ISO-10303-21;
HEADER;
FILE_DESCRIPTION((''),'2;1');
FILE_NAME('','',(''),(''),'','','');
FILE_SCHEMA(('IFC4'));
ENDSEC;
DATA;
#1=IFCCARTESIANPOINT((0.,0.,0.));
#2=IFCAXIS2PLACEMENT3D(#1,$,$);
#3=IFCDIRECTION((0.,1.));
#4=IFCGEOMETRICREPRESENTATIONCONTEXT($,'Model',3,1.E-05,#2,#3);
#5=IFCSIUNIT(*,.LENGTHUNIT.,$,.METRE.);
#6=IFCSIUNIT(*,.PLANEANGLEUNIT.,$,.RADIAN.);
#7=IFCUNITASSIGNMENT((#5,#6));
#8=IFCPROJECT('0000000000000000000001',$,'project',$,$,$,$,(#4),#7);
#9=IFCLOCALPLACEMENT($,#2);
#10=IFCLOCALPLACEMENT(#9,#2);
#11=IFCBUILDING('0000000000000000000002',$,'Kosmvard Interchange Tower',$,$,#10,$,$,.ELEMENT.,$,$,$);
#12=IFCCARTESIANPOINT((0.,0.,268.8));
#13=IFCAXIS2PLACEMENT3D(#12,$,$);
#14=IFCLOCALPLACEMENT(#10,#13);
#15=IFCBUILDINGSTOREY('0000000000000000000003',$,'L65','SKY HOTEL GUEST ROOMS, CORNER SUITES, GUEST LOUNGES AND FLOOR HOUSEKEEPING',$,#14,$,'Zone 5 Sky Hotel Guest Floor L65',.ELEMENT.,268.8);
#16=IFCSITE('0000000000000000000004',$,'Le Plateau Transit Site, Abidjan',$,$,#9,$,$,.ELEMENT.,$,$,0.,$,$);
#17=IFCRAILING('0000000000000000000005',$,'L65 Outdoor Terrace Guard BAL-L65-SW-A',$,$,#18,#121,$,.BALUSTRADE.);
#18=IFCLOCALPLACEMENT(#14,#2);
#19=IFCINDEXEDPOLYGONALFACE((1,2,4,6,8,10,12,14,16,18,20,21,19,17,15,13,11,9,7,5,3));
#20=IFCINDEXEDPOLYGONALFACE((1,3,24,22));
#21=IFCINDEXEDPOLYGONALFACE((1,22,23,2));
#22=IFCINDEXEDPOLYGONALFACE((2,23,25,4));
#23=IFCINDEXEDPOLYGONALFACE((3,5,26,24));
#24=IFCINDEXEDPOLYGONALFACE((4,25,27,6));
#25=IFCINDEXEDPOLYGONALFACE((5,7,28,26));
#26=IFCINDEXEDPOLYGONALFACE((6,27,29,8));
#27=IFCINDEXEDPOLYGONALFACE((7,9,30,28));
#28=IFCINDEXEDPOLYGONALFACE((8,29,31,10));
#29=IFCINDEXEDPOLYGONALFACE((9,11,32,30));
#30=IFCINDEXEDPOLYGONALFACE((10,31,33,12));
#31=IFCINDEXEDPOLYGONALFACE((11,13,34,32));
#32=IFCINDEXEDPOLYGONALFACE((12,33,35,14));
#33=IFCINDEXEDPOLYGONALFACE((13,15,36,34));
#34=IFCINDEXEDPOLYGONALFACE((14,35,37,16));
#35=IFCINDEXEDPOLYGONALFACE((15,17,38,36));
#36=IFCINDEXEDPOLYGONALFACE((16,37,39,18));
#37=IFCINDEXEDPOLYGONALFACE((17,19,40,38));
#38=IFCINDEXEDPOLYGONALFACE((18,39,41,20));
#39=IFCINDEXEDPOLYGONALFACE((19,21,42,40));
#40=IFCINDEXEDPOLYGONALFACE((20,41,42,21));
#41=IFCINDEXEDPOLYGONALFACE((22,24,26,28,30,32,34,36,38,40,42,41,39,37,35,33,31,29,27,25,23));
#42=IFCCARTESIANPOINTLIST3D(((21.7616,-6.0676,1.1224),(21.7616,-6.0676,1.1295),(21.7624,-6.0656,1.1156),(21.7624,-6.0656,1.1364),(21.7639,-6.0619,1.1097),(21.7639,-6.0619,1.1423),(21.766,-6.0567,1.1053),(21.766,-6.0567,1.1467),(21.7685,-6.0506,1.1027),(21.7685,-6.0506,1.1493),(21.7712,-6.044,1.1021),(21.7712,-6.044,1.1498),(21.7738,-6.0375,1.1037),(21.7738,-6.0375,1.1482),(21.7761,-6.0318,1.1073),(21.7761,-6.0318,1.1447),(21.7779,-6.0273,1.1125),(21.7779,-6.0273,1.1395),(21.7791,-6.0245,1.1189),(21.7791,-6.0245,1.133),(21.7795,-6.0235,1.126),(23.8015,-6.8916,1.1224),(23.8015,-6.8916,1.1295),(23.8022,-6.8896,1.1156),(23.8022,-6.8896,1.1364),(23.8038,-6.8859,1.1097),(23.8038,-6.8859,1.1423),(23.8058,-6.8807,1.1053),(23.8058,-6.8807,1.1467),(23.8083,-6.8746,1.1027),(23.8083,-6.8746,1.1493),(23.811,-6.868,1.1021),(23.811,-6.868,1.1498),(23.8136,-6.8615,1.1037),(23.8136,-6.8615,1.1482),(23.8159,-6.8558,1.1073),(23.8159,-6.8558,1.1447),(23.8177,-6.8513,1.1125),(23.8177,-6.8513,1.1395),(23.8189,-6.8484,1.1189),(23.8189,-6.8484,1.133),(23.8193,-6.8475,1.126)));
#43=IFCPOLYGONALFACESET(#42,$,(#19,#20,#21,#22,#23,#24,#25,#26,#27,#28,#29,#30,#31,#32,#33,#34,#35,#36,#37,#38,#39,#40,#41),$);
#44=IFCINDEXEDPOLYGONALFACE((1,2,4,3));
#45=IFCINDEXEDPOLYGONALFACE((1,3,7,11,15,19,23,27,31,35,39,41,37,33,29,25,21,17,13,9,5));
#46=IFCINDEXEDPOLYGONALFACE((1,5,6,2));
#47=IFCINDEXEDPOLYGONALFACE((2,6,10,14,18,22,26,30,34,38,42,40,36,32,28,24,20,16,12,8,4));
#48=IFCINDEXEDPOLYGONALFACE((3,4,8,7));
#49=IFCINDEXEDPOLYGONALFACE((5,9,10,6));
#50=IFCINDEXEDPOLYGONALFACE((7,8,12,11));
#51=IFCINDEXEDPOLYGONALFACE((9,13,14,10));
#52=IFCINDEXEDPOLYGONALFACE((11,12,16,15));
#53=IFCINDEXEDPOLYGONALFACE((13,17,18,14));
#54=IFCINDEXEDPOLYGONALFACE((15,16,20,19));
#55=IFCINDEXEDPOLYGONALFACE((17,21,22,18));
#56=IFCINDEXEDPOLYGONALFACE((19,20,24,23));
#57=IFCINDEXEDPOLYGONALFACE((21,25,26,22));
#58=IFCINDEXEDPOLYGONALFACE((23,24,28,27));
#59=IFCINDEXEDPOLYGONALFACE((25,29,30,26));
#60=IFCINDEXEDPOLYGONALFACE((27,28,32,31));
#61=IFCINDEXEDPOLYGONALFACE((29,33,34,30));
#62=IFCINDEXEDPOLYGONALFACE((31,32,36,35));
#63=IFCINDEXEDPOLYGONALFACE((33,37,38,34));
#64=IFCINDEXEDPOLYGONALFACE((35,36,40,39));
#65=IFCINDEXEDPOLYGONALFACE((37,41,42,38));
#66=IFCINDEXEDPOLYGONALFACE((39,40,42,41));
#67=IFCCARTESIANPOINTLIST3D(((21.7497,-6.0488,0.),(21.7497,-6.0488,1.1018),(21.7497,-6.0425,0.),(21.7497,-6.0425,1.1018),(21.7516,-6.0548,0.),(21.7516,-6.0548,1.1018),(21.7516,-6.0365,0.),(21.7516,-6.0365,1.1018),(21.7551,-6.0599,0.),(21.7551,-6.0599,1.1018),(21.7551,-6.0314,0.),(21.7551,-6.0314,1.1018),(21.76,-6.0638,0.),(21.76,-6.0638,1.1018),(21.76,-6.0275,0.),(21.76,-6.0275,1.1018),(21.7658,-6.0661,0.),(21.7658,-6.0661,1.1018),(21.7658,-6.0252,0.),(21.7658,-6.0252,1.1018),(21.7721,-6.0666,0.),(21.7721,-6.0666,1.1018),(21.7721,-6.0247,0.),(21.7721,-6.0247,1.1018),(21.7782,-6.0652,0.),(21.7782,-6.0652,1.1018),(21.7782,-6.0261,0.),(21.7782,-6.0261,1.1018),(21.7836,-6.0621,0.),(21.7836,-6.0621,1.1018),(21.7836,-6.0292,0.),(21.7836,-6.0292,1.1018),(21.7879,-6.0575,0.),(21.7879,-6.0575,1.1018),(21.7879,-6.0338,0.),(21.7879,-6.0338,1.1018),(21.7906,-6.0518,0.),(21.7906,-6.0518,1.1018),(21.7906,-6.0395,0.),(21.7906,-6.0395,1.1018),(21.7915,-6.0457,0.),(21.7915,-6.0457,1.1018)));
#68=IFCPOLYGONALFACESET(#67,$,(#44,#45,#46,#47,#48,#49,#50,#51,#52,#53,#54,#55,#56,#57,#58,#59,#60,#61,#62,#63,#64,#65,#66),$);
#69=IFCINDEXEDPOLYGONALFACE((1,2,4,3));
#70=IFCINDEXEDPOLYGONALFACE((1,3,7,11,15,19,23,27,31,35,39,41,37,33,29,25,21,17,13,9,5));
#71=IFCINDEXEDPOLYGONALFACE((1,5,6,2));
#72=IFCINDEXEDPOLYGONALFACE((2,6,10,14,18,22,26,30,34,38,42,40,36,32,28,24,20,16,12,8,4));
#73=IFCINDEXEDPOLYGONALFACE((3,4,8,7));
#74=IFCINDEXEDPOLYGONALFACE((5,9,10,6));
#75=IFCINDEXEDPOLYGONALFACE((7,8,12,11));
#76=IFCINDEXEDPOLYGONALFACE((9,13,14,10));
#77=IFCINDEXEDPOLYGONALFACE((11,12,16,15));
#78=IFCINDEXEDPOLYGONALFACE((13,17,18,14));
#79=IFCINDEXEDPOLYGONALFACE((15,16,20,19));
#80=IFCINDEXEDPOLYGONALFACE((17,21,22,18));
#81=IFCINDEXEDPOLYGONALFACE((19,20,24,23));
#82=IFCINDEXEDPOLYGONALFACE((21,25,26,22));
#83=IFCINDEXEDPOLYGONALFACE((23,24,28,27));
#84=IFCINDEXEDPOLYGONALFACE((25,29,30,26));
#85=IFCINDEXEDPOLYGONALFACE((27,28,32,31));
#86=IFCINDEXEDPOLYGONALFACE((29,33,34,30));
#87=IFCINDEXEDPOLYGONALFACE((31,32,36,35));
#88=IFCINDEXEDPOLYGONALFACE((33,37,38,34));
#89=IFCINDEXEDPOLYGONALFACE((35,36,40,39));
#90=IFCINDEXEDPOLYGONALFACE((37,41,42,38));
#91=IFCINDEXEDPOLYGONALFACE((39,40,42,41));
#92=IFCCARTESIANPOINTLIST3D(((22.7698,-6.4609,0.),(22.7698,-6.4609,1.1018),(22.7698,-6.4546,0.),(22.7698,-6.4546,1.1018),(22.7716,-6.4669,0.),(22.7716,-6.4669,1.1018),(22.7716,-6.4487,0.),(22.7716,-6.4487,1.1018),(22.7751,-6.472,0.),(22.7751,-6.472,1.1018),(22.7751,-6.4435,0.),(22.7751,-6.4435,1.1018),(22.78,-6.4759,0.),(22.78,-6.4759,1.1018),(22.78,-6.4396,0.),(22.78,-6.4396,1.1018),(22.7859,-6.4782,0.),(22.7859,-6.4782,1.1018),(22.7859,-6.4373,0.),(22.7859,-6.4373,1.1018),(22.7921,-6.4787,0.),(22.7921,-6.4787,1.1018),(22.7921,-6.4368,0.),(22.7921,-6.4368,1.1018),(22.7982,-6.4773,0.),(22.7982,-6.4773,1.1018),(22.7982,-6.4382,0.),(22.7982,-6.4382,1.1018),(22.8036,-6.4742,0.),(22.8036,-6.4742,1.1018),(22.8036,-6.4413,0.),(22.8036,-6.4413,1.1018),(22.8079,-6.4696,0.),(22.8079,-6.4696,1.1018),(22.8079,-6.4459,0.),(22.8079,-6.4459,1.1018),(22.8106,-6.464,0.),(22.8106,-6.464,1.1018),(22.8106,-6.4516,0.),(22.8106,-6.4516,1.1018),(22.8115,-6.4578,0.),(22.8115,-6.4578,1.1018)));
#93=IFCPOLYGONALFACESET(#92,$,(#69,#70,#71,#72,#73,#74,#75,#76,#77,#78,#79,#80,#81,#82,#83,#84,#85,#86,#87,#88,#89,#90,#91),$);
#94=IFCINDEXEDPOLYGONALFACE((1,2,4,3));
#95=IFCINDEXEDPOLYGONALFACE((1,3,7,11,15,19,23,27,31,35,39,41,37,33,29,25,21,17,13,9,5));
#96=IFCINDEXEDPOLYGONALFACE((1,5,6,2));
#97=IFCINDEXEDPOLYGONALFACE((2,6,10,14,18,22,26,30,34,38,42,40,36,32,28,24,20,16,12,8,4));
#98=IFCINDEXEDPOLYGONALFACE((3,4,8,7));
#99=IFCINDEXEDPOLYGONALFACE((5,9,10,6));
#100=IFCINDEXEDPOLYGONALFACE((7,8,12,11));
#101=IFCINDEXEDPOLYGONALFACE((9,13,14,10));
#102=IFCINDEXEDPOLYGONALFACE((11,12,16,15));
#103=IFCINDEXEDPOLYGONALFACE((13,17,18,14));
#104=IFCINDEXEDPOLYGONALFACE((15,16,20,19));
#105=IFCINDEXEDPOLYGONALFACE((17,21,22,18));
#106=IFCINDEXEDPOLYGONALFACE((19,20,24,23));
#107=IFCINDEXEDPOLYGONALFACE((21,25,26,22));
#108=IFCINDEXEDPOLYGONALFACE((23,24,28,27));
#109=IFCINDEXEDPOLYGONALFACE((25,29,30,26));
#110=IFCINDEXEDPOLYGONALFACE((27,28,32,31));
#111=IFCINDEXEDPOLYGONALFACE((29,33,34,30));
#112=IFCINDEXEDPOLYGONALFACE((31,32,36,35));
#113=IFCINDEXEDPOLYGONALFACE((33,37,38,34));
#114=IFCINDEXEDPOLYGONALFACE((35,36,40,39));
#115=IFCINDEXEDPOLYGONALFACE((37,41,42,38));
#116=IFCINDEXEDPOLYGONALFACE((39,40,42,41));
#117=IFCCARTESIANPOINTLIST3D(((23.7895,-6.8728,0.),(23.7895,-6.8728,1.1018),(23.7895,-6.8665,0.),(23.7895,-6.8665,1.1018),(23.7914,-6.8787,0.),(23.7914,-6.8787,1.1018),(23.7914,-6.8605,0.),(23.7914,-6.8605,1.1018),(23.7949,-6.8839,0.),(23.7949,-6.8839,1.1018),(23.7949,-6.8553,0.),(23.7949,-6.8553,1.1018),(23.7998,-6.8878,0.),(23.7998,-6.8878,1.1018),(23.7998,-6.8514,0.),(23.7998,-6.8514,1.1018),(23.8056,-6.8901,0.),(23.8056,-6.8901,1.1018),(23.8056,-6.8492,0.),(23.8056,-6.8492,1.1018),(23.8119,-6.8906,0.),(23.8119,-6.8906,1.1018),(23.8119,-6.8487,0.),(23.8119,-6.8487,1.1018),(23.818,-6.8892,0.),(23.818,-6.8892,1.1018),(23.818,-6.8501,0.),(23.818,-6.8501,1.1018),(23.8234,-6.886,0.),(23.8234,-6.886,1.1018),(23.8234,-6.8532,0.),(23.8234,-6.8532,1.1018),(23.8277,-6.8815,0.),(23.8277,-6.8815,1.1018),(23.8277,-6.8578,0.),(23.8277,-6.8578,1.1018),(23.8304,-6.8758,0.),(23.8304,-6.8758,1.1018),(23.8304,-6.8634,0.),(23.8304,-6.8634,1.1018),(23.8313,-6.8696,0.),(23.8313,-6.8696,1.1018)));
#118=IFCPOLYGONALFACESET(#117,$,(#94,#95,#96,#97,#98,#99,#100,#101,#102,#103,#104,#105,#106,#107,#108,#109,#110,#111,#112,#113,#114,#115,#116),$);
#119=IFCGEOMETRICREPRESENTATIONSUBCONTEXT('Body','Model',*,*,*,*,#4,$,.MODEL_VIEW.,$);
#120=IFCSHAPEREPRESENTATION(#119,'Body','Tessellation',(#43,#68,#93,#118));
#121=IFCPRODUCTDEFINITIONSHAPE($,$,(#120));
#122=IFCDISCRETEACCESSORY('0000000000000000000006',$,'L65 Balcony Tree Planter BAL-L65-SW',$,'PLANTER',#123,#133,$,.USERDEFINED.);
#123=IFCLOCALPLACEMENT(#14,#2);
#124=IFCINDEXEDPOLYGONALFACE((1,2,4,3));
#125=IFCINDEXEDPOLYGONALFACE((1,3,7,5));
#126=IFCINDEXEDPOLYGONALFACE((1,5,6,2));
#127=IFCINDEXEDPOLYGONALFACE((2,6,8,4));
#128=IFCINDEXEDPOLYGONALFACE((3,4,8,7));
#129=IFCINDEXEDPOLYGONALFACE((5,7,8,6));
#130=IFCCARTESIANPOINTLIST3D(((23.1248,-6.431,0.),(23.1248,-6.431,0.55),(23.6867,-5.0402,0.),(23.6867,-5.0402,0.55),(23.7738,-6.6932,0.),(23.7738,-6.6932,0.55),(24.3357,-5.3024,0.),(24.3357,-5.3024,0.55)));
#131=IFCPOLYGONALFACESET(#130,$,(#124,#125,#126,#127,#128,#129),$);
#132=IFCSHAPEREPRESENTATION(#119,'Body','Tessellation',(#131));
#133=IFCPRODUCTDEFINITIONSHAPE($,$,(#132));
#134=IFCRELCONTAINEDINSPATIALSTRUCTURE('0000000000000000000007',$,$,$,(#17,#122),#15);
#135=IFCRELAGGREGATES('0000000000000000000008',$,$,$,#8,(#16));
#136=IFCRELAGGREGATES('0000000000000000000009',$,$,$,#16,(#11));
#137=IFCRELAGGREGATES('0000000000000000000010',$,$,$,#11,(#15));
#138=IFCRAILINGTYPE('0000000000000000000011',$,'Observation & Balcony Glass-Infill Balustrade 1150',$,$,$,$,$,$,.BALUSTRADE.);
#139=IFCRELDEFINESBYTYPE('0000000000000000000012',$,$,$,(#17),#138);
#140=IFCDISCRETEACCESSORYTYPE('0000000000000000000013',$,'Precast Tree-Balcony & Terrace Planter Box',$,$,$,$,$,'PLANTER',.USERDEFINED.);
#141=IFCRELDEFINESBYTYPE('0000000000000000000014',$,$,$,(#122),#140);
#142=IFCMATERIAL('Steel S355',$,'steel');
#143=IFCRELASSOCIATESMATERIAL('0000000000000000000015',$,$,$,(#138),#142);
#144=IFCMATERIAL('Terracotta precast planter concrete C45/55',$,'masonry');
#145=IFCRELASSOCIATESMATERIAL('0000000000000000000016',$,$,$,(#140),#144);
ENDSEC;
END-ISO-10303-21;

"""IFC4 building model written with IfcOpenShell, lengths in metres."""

from ifc_helpers import new_model, si_unit, direction, frame, origin, origin_2d, place, context, subcontext, project, spatial, rectangle, circle, extrude, source, transform, mapped, material, type_object, element, save


model = new_model("IFC4")

# Units and contexts
model_context = context("Model", 3, precision=1e-05, world=origin(), true_north=direction((0.0, 1.0)))
body_context = subcontext(model_context, "Body", "Model", "MODEL_VIEW")
ifc_project = project(units=[si_unit("LENGTHUNIT", "METRE"), si_unit("PLANEANGLEUNIT", "RADIAN")], contexts=[model_context])

# Site, building, storey
site_placement = place(None, origin())
site = spatial("IfcSite", under=ifc_project, at=site_placement, Name="Le Plateau Transit Site, Abidjan", CompositionType="ELEMENT", RefElevation=0.0)
building_placement = place(site_placement, origin())
building = spatial("IfcBuilding", under=site, at=building_placement, Name="Kosmvard Interchange Tower", CompositionType="ELEMENT")
storey_placement = place(building_placement, frame((0.0, 0.0, 268.8)))
storey = spatial("IfcBuildingStorey", under=building, at=storey_placement, Name="L65", Description="SKY HOTEL GUEST ROOMS, CORNER SUITES, GUEST LOUNGES AND FLOOR HOUSEKEEPING", LongName="Zone 5 Sky Hotel Guest Floor L65", CompositionType="ELEMENT", Elevation=268.8)

# Shared definitions
ifc_material_1 = material(Name="Steel S355", Category="steel")

# Railing
railing_type = type_object("IfcRailingType", Name="Observation & Balcony Glass-Infill Balustrade 1150", PredefinedType="BALUSTRADE", material=ifc_material_1)
shared_shape_1 = source(origin(), body_context, "Body", "SweptSolid", [
    extrude(circle(Radius=0.0239, at=origin_2d()), frame((0.0, 0.0, 1.126), z_axis=(0.927208, -0.374546, 0.0), x_axis=(0.374546, 0.927208, 0.0)), (0.0, 0.0, 1.0), 2.2),
    extrude(circle(Radius=0.021, at=origin_2d()), origin(), (0.0, 0.0, 1.0), 1.1018),
    extrude(circle(Radius=0.021, at=origin_2d()), frame((1.02, -0.4121, 0.0)), (0.0, 0.0, 1.0), 1.1018),
    extrude(circle(Radius=0.021, at=origin_2d()), frame((2.0398, -0.824, 0.0)), (0.0, 0.0, 1.0), 1.1018),
])
railing_1_placement = place(storey_placement, frame((21.7705, -6.0457, 0.0)))
element("IfcRailing", 1, at=railing_1_placement, inside=storey, type_object=railing_type, Name="L65 Outdoor Terrace Guard BAL-L65-SW-A", PredefinedType="BALUSTRADE", context=body_context, shape_type="MappedRepresentation", body=[
    mapped(shared_shape_1, transform((0.0, 0.0, 0.0), scale=1.0)),
])

# Discrete accessory
ifc_material_2 = material(Name="Terracotta precast planter concrete C45/55", Category="masonry")
discrete_accessory_type = type_object("IfcDiscreteAccessoryType", Name="Precast Tree-Balcony & Terrace Planter Box", ElementType="PLANTER", PredefinedType="USERDEFINED", material=ifc_material_2)
shared_shape_2 = source(origin(), body_context, "Body", "SweptSolid", [
    extrude(rectangle(XDim=1.5, YDim=0.7, at=origin_2d()), origin(), (0.0, 0.0, 1.0), 0.55),
])
discrete_accessory_placement = place(storey_placement, frame((23.7302, -5.8667, 0.0), z_axis=(0.0, 0.0, 1.0), x_axis=(0.374607, 0.927184, 0.0)))
element("IfcDiscreteAccessory", 2, at=discrete_accessory_placement, inside=storey, type_object=discrete_accessory_type, Name="L65 Balcony Tree Planter BAL-L65-SW", ObjectType="PLANTER", PredefinedType="USERDEFINED", context=body_context, shape_type="MappedRepresentation", body=[
    mapped(shared_shape_2, transform((0.0, 0.0, 0.0), scale=1.0)),
])

save(model, "model.ifc")
